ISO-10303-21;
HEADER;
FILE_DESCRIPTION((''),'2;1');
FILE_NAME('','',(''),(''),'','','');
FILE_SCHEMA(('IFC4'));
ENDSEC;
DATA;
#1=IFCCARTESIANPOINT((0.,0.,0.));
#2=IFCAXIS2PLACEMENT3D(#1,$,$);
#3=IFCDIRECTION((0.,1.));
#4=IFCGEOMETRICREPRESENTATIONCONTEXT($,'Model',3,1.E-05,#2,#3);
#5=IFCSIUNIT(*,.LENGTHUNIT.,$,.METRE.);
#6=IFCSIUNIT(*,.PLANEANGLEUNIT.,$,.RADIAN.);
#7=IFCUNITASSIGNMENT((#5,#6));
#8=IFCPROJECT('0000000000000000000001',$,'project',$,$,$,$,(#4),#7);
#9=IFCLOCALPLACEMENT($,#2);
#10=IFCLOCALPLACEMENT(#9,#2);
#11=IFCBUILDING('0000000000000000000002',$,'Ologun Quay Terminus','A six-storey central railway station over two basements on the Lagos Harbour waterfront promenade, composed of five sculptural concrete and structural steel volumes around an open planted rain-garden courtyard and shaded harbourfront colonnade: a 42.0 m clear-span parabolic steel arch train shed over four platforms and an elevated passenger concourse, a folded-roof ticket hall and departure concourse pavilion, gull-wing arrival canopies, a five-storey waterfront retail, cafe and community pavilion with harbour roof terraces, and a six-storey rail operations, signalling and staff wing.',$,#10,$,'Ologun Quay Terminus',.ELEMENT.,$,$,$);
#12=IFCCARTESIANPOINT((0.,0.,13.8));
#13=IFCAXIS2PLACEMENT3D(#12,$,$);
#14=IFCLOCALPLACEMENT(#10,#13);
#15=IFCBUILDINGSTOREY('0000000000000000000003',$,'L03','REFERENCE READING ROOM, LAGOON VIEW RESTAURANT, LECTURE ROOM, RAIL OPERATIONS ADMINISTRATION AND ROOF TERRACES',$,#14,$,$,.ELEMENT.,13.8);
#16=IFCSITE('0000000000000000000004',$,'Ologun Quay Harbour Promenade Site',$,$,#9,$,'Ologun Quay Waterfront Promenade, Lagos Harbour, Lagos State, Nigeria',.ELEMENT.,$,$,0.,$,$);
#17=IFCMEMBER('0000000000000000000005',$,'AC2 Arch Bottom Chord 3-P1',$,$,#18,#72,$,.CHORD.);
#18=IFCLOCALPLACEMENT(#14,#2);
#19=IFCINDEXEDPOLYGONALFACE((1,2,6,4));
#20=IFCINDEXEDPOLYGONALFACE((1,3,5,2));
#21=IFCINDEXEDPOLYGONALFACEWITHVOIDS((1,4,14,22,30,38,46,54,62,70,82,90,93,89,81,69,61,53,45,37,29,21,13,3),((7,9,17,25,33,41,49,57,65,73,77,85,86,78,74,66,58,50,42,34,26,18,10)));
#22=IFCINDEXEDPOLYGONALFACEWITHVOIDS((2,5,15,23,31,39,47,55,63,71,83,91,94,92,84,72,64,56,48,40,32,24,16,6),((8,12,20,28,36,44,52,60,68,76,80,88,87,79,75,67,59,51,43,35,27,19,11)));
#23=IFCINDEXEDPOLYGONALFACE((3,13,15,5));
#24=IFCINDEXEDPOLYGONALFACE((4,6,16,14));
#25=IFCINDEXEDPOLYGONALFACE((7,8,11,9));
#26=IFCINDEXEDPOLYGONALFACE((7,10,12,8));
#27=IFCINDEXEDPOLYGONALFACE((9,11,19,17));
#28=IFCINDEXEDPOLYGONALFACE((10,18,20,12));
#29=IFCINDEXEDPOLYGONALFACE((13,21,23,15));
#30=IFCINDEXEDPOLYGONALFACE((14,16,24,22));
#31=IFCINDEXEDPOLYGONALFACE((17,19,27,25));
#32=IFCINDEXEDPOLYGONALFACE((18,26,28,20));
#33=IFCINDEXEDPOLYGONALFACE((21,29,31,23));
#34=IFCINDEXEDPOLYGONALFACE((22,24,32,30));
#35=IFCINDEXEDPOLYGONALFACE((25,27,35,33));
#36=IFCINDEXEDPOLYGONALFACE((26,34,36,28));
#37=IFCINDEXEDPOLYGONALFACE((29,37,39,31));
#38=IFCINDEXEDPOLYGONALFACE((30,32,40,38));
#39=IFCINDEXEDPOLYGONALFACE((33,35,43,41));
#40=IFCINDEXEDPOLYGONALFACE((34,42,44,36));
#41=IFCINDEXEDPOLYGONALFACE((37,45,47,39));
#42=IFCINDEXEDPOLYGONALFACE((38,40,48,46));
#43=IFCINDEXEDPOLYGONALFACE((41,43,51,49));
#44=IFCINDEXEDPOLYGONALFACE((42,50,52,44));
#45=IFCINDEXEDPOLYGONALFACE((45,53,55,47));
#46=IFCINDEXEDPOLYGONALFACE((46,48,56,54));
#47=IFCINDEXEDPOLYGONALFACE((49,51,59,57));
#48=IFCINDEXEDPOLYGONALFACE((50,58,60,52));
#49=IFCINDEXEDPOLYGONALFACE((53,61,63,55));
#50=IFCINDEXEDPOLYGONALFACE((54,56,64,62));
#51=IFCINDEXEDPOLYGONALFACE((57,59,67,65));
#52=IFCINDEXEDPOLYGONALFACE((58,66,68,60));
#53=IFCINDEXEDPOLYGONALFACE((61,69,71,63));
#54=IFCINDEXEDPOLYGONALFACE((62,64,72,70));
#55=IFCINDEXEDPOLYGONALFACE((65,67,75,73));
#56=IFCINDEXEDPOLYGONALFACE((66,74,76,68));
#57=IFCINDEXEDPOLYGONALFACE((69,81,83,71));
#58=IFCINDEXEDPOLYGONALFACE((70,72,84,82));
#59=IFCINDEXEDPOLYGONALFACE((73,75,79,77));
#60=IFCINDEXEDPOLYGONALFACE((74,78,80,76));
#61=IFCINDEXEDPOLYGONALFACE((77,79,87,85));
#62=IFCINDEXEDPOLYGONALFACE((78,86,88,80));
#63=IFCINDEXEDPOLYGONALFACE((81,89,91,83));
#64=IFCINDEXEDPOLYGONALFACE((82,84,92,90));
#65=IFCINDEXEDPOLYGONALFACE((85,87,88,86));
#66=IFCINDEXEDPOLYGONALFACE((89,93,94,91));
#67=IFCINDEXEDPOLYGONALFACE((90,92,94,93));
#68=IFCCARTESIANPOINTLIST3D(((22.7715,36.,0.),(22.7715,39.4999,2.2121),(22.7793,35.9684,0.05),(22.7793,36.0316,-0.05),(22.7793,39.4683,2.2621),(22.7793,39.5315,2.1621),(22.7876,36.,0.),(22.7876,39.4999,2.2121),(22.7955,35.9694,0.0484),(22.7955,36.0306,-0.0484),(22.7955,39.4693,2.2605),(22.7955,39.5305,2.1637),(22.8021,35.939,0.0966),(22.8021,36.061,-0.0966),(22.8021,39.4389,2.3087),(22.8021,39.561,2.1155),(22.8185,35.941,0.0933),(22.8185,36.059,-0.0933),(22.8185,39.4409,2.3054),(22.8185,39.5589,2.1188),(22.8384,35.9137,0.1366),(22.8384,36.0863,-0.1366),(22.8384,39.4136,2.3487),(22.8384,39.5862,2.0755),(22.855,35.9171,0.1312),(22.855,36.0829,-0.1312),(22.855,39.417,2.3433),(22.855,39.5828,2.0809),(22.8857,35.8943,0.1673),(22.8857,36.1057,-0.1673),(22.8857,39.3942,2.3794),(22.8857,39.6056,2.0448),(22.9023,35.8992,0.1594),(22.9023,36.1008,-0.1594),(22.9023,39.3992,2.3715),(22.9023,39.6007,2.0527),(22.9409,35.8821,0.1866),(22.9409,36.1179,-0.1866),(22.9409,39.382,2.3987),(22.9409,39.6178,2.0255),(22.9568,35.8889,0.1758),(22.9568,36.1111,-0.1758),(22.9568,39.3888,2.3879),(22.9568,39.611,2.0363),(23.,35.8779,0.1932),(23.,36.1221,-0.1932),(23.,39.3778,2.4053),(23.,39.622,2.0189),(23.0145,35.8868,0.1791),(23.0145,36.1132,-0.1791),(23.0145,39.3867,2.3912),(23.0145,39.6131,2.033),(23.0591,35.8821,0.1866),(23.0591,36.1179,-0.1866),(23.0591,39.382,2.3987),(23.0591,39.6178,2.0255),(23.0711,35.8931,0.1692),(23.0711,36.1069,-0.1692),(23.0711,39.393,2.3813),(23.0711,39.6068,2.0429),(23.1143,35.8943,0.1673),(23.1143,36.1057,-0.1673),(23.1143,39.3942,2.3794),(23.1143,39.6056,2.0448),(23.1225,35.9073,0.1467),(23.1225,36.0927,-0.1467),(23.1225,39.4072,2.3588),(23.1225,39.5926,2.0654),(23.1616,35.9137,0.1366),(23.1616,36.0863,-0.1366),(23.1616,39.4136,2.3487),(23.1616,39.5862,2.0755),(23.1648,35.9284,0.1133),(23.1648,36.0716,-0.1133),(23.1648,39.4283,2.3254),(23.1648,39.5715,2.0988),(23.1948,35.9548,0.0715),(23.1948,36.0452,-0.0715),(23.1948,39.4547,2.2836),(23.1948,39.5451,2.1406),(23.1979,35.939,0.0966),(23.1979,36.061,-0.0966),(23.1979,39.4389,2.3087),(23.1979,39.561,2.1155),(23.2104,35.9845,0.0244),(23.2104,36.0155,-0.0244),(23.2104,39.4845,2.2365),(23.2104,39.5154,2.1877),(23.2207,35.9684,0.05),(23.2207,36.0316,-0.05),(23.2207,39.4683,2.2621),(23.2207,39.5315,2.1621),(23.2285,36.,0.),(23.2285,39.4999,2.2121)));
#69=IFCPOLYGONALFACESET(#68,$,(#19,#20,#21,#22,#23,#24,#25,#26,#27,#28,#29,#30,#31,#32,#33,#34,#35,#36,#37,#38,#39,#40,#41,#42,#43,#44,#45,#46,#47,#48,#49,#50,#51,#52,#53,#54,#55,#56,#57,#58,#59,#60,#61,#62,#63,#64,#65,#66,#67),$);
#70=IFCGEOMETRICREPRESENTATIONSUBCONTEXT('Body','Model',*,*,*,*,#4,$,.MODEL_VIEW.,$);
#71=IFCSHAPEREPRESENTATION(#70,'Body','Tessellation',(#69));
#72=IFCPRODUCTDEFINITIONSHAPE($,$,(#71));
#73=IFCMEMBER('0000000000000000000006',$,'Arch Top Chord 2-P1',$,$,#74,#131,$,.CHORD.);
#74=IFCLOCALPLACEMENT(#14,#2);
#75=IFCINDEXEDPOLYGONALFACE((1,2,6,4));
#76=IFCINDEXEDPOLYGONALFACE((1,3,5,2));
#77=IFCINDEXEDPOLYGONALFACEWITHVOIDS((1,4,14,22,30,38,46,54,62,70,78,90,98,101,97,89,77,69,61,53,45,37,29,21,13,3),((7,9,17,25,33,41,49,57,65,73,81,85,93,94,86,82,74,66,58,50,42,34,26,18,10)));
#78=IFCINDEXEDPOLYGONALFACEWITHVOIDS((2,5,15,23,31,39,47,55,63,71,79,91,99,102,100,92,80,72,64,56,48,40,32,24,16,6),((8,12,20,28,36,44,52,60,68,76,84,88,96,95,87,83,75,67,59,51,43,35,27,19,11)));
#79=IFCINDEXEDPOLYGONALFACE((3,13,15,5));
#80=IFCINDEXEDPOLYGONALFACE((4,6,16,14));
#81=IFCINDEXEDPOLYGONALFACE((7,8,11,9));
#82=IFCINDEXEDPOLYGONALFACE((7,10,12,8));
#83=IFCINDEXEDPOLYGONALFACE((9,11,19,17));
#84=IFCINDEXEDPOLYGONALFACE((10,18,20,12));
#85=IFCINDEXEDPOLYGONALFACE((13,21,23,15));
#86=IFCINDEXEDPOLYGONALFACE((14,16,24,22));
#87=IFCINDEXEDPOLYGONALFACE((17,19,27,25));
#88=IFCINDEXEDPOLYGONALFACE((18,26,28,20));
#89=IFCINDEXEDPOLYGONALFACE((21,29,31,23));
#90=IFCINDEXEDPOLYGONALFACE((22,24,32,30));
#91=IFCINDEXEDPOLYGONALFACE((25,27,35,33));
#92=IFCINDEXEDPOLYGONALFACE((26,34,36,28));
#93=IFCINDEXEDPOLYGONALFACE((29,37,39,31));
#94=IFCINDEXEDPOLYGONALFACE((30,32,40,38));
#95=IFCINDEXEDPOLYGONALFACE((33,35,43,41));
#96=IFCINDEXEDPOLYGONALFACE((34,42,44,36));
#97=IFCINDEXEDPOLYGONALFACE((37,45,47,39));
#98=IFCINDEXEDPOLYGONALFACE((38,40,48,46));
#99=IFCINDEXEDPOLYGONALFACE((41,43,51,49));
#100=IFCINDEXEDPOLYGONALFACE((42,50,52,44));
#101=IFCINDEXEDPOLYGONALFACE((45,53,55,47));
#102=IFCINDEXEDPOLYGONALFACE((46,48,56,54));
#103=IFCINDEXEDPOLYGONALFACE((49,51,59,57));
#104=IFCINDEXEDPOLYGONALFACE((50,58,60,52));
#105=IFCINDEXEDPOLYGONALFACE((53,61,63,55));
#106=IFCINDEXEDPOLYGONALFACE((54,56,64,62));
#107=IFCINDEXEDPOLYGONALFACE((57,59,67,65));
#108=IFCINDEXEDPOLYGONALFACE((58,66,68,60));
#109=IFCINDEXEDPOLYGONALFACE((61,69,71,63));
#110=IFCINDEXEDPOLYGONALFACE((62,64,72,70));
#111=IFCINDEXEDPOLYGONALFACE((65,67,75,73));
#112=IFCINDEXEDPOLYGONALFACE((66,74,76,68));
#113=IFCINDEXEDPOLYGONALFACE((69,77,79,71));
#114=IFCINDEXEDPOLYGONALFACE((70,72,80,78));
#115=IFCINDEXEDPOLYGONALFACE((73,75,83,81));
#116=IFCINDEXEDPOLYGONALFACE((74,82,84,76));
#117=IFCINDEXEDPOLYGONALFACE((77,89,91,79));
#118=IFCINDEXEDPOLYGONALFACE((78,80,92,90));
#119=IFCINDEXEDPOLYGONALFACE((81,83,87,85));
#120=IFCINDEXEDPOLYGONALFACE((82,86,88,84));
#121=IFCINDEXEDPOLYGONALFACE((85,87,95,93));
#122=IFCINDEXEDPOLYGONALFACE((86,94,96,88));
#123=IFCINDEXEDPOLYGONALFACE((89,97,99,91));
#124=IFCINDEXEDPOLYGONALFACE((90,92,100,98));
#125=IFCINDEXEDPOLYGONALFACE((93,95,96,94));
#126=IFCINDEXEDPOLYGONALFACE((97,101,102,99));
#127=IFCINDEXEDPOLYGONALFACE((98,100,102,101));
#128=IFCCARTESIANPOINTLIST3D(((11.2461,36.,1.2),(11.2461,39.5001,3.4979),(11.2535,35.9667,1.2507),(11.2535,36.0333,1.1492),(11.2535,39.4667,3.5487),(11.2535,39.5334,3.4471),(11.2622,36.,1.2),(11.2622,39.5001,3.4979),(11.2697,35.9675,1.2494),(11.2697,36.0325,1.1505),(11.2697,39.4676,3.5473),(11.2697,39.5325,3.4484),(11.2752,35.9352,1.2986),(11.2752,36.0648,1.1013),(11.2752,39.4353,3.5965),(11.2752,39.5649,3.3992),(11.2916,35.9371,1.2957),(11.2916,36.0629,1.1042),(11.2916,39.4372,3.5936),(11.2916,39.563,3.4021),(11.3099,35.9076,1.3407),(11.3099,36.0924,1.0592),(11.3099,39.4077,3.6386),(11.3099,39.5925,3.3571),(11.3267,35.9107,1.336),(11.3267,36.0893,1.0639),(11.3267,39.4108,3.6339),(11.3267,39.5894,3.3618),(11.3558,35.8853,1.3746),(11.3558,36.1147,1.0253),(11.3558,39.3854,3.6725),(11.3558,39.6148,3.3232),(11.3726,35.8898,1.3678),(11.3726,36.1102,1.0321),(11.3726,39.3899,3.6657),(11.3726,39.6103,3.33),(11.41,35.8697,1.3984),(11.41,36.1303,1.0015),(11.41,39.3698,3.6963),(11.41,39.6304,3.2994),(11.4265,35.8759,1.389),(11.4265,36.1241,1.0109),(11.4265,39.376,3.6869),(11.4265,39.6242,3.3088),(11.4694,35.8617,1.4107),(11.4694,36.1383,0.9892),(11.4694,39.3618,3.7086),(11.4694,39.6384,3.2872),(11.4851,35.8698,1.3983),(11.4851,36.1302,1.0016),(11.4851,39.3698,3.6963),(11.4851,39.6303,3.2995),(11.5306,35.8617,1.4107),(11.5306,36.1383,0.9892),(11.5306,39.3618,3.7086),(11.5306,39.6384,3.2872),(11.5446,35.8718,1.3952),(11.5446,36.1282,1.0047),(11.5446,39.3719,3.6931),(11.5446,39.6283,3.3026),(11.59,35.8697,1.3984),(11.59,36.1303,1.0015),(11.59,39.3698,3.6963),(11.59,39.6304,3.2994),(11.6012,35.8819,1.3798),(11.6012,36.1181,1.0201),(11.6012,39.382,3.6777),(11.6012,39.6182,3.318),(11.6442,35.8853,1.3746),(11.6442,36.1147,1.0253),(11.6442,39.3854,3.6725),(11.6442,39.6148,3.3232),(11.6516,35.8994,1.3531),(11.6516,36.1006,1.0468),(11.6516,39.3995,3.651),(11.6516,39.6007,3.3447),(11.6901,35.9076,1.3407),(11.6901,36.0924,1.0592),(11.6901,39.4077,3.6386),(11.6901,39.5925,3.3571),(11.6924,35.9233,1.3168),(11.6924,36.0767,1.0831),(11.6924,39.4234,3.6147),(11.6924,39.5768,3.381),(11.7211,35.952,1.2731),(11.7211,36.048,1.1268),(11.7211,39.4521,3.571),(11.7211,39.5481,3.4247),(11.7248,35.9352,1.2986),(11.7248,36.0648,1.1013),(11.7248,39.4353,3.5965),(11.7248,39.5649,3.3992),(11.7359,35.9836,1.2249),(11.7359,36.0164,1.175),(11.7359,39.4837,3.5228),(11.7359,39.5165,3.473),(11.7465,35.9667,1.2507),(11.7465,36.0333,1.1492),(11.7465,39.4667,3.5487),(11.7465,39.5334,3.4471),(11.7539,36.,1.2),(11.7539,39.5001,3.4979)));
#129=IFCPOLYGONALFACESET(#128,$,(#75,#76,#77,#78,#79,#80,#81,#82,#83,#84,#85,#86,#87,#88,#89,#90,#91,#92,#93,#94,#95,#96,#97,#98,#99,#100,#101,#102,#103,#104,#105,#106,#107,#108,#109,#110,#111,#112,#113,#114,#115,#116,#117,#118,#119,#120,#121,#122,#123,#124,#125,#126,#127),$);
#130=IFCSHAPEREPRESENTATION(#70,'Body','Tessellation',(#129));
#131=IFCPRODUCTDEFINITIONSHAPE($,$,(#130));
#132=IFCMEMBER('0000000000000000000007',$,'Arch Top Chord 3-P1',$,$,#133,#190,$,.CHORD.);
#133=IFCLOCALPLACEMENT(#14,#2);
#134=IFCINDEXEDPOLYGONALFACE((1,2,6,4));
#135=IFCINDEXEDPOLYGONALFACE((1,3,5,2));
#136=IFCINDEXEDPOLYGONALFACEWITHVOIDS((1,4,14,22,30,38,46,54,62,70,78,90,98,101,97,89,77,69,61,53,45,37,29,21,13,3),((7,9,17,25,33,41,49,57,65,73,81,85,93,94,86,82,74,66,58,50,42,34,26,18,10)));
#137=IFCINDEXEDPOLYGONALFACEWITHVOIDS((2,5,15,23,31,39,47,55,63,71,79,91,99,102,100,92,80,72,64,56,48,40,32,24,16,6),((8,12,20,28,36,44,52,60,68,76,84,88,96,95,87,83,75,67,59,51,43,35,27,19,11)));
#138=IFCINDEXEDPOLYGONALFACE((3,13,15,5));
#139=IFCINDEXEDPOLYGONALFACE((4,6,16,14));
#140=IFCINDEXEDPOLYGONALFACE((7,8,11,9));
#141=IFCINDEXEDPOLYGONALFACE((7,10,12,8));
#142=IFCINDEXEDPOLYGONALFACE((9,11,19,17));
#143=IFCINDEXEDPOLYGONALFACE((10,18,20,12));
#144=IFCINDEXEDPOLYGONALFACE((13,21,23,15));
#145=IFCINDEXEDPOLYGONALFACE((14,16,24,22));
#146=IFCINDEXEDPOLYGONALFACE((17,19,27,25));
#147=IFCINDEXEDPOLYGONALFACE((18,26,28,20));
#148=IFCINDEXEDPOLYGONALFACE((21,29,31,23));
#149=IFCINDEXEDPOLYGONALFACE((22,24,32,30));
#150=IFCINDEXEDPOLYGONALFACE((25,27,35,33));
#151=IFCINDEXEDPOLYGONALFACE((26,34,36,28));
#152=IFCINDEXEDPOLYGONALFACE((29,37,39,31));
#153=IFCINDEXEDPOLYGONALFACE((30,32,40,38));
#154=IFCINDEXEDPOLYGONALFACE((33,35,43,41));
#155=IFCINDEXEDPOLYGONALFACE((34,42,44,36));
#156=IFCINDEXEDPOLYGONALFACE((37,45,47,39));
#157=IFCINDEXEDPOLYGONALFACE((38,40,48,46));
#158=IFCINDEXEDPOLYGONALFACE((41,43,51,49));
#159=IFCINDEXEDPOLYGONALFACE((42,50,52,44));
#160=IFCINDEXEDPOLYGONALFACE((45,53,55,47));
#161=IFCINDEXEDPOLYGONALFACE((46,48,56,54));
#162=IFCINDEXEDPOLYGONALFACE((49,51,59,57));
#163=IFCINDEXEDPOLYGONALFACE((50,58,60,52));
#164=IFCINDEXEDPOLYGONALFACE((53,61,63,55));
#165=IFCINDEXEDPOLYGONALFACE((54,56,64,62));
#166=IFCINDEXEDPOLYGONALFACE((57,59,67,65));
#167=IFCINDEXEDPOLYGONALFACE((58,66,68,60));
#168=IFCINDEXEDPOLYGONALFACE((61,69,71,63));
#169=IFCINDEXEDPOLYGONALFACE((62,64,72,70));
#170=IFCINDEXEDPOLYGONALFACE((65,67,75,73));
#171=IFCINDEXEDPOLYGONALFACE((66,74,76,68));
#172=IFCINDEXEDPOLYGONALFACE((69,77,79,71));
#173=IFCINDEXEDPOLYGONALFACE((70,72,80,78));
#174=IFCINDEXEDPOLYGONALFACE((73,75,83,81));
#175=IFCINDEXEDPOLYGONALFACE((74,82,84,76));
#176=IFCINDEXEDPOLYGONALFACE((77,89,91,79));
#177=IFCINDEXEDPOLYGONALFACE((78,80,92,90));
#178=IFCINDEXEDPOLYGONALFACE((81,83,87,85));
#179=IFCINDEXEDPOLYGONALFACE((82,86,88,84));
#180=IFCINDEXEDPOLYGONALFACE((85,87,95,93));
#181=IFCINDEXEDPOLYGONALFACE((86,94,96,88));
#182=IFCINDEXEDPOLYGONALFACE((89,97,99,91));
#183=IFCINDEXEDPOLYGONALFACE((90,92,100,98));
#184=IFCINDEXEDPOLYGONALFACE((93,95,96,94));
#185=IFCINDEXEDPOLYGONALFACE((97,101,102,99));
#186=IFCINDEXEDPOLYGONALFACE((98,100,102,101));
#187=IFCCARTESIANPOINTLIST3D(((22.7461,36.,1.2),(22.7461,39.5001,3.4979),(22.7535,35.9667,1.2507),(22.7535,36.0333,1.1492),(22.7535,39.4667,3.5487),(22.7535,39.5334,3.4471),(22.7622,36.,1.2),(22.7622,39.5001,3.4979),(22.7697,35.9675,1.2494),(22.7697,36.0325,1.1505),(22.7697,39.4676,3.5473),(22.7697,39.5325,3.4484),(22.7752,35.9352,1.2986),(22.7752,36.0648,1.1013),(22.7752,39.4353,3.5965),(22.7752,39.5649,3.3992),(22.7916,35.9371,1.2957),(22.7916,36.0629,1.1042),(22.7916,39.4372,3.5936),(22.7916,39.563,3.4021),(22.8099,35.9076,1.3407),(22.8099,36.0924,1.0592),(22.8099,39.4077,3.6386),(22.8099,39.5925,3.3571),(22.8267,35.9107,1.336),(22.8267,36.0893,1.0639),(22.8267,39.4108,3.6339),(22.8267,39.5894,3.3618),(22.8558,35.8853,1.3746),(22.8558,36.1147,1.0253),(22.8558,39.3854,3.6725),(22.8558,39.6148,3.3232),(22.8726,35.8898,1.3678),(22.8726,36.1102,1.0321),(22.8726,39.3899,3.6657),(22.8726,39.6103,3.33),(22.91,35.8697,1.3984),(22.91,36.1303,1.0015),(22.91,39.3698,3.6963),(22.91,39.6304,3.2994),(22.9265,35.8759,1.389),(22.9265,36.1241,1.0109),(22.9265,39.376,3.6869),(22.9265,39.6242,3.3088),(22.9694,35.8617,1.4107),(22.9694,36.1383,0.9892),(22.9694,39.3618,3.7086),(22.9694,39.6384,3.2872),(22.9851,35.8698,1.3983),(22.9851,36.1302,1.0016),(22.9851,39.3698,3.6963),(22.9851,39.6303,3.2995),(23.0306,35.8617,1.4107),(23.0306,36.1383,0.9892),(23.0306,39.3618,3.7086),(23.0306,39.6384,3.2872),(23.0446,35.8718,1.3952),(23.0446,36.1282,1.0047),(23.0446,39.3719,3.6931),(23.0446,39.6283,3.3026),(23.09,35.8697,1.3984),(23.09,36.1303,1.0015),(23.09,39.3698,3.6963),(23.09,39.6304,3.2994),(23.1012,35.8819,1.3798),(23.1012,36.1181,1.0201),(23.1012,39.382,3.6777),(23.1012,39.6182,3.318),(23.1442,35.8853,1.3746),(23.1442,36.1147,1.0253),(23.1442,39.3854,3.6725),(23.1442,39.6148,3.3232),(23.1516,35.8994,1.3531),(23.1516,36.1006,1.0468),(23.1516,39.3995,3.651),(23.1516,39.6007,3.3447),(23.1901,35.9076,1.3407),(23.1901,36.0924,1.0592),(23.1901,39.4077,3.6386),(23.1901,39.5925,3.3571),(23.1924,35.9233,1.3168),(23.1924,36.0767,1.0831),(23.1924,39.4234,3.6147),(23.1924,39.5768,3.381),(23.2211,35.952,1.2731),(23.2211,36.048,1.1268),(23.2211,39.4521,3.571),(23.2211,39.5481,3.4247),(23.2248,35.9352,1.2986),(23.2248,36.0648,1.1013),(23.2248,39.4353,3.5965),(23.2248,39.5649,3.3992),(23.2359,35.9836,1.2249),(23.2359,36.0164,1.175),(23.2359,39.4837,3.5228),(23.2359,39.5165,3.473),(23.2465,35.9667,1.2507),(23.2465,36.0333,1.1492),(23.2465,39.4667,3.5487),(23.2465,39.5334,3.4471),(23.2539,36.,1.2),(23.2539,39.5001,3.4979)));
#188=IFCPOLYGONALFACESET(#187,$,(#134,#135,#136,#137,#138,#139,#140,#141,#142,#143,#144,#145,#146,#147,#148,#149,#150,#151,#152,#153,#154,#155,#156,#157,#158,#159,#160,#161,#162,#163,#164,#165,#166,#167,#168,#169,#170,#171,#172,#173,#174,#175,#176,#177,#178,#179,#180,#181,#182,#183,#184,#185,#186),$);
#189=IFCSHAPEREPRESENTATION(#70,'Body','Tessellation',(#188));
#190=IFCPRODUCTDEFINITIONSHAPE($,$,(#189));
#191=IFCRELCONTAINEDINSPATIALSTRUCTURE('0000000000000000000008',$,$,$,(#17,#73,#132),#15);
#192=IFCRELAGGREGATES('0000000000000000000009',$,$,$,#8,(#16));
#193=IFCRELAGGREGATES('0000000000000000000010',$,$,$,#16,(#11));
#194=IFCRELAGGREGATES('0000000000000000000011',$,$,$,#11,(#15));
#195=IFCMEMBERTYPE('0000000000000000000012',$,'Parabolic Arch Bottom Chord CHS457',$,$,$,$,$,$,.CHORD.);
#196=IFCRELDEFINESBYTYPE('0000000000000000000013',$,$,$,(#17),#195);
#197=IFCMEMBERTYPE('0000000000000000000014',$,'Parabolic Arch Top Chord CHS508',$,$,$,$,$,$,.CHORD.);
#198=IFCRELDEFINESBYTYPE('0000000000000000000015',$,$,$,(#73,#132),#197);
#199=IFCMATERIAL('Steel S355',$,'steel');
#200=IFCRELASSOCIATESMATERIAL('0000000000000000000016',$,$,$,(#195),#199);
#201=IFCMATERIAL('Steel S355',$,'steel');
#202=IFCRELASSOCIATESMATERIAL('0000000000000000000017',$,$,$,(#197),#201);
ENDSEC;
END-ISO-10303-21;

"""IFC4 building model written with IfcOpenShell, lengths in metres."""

from ifc_helpers import new_model, si_unit, direction, frame, origin, origin_2d, place, context, subcontext, project, spatial, hollow_circle, extrude, material, material_profile, profile_set, type_object, element, save


model = new_model("IFC4")

# Units and contexts
model_context = context("Model", 3, precision=1e-05, world=origin(), true_north=direction((0.0, 1.0)))
body_context = subcontext(model_context, "Body", "Model", "MODEL_VIEW")
ifc_project = project(units=[si_unit("LENGTHUNIT", "METRE"), si_unit("PLANEANGLEUNIT", "RADIAN")], contexts=[model_context])

# Site, building, storey
site_placement = place(None, origin())
site = spatial("IfcSite", under=ifc_project, at=site_placement, Name="Ologun Quay Harbour Promenade Site", LongName="Ologun Quay Waterfront Promenade, Lagos Harbour, Lagos State, Nigeria", CompositionType="ELEMENT", RefElevation=0.0)
building_placement = place(site_placement, origin())
building = spatial("IfcBuilding", under=site, at=building_placement, Name="Ologun Quay Terminus", Description="A six-storey central railway station over two basements on the Lagos Harbour waterfront promenade, composed of five sculptural concrete and structural steel volumes around an open planted rain-garden courtyard and shaded harbourfront colonnade: a 42.0 m clear-span parabolic steel arch train shed over four platforms and an elevated passenger concourse, a folded-roof ticket hall and departure concourse pavilion, gull-wing arrival canopies, a five-storey waterfront retail, cafe and community pavilion with harbour roof terraces, and a six-storey rail operations, signalling and staff wing.", LongName="Ologun Quay Terminus", CompositionType="ELEMENT")
storey_placement = place(building_placement, frame((0.0, 0.0, 13.8)))
storey = spatial("IfcBuildingStorey", under=building, at=storey_placement, Name="L03", Description="REFERENCE READING ROOM, LAGOON VIEW RESTAURANT, LECTURE ROOM, RAIL OPERATIONS ADMINISTRATION AND ROOF TERRACES", CompositionType="ELEMENT", Elevation=13.8)

# Members
ifc_material_1 = material(Name="Steel S355", Category="steel")
ifc_material_profile_1 = material_profile(ifc_material_1, hollow_circle(Radius=0.2285, WallThickness=0.0161, at=origin_2d()), Name="CHS 457x16")
ifc_profile_set_1 = profile_set([ifc_material_profile_1], Name="Steel S355")
member_type_1 = type_object("IfcMemberType", Name="Parabolic Arch Bottom Chord CHS457", PredefinedType="CHORD", material=ifc_profile_set_1)
for number, where, z_axis, x_axis, name in (
    (1, (23.0, 36.0, 0.0), (0.0, 0.845311, 0.534275), (-1.0, 0.0, 0.0), "AC2 Arch Bottom Chord 3-P1"),
):
    element("IfcMember", number, at=place(storey_placement, frame(where, z_axis=z_axis, x_axis=x_axis)), inside=storey, type_object=member_type_1, Name=name, PredefinedType="CHORD", context=body_context, shape_type="SweptSolid", body=[
        extrude(hollow_circle(Radius=0.2285, WallThickness=0.0161, at=origin_2d()), origin(), (0.0, 0.0, 1.0), 4.1404),
    ])
ifc_material_2 = material(Name="Steel S355", Category="steel")
ifc_material_profile_2 = material_profile(ifc_material_2, hollow_circle(Radius=0.2539, WallThickness=0.0161, at=origin_2d()), Name="CHS 508x16")
ifc_profile_set_2 = profile_set([ifc_material_profile_2], Name="Steel S355")
member_type_2 = type_object("IfcMemberType", Name="Parabolic Arch Top Chord CHS508", PredefinedType="CHORD", material=ifc_profile_set_2)
for number, where, z_axis, x_axis, name in (
    (2, (11.5, 36.0, 1.2), (0.0, 0.835941, 0.548819), (-1.0, 0.0, 0.0), "Arch Top Chord 2-P1"),
    (3, (23.0, 36.0, 1.2), (0.0, 0.835941, 0.548819), (-1.0, 0.0, 0.0), "Arch Top Chord 3-P1"),
):
    element("IfcMember", number, at=place(storey_placement, frame(where, z_axis=z_axis, x_axis=x_axis)), inside=storey, type_object=member_type_2, Name=name, PredefinedType="CHORD", context=body_context, shape_type="SweptSolid", body=[
        extrude(hollow_circle(Radius=0.2539, WallThickness=0.0161, at=origin_2d()), origin(), (0.0, 0.0, 1.0), 4.187),
    ])

save(model, "model.ifc")
